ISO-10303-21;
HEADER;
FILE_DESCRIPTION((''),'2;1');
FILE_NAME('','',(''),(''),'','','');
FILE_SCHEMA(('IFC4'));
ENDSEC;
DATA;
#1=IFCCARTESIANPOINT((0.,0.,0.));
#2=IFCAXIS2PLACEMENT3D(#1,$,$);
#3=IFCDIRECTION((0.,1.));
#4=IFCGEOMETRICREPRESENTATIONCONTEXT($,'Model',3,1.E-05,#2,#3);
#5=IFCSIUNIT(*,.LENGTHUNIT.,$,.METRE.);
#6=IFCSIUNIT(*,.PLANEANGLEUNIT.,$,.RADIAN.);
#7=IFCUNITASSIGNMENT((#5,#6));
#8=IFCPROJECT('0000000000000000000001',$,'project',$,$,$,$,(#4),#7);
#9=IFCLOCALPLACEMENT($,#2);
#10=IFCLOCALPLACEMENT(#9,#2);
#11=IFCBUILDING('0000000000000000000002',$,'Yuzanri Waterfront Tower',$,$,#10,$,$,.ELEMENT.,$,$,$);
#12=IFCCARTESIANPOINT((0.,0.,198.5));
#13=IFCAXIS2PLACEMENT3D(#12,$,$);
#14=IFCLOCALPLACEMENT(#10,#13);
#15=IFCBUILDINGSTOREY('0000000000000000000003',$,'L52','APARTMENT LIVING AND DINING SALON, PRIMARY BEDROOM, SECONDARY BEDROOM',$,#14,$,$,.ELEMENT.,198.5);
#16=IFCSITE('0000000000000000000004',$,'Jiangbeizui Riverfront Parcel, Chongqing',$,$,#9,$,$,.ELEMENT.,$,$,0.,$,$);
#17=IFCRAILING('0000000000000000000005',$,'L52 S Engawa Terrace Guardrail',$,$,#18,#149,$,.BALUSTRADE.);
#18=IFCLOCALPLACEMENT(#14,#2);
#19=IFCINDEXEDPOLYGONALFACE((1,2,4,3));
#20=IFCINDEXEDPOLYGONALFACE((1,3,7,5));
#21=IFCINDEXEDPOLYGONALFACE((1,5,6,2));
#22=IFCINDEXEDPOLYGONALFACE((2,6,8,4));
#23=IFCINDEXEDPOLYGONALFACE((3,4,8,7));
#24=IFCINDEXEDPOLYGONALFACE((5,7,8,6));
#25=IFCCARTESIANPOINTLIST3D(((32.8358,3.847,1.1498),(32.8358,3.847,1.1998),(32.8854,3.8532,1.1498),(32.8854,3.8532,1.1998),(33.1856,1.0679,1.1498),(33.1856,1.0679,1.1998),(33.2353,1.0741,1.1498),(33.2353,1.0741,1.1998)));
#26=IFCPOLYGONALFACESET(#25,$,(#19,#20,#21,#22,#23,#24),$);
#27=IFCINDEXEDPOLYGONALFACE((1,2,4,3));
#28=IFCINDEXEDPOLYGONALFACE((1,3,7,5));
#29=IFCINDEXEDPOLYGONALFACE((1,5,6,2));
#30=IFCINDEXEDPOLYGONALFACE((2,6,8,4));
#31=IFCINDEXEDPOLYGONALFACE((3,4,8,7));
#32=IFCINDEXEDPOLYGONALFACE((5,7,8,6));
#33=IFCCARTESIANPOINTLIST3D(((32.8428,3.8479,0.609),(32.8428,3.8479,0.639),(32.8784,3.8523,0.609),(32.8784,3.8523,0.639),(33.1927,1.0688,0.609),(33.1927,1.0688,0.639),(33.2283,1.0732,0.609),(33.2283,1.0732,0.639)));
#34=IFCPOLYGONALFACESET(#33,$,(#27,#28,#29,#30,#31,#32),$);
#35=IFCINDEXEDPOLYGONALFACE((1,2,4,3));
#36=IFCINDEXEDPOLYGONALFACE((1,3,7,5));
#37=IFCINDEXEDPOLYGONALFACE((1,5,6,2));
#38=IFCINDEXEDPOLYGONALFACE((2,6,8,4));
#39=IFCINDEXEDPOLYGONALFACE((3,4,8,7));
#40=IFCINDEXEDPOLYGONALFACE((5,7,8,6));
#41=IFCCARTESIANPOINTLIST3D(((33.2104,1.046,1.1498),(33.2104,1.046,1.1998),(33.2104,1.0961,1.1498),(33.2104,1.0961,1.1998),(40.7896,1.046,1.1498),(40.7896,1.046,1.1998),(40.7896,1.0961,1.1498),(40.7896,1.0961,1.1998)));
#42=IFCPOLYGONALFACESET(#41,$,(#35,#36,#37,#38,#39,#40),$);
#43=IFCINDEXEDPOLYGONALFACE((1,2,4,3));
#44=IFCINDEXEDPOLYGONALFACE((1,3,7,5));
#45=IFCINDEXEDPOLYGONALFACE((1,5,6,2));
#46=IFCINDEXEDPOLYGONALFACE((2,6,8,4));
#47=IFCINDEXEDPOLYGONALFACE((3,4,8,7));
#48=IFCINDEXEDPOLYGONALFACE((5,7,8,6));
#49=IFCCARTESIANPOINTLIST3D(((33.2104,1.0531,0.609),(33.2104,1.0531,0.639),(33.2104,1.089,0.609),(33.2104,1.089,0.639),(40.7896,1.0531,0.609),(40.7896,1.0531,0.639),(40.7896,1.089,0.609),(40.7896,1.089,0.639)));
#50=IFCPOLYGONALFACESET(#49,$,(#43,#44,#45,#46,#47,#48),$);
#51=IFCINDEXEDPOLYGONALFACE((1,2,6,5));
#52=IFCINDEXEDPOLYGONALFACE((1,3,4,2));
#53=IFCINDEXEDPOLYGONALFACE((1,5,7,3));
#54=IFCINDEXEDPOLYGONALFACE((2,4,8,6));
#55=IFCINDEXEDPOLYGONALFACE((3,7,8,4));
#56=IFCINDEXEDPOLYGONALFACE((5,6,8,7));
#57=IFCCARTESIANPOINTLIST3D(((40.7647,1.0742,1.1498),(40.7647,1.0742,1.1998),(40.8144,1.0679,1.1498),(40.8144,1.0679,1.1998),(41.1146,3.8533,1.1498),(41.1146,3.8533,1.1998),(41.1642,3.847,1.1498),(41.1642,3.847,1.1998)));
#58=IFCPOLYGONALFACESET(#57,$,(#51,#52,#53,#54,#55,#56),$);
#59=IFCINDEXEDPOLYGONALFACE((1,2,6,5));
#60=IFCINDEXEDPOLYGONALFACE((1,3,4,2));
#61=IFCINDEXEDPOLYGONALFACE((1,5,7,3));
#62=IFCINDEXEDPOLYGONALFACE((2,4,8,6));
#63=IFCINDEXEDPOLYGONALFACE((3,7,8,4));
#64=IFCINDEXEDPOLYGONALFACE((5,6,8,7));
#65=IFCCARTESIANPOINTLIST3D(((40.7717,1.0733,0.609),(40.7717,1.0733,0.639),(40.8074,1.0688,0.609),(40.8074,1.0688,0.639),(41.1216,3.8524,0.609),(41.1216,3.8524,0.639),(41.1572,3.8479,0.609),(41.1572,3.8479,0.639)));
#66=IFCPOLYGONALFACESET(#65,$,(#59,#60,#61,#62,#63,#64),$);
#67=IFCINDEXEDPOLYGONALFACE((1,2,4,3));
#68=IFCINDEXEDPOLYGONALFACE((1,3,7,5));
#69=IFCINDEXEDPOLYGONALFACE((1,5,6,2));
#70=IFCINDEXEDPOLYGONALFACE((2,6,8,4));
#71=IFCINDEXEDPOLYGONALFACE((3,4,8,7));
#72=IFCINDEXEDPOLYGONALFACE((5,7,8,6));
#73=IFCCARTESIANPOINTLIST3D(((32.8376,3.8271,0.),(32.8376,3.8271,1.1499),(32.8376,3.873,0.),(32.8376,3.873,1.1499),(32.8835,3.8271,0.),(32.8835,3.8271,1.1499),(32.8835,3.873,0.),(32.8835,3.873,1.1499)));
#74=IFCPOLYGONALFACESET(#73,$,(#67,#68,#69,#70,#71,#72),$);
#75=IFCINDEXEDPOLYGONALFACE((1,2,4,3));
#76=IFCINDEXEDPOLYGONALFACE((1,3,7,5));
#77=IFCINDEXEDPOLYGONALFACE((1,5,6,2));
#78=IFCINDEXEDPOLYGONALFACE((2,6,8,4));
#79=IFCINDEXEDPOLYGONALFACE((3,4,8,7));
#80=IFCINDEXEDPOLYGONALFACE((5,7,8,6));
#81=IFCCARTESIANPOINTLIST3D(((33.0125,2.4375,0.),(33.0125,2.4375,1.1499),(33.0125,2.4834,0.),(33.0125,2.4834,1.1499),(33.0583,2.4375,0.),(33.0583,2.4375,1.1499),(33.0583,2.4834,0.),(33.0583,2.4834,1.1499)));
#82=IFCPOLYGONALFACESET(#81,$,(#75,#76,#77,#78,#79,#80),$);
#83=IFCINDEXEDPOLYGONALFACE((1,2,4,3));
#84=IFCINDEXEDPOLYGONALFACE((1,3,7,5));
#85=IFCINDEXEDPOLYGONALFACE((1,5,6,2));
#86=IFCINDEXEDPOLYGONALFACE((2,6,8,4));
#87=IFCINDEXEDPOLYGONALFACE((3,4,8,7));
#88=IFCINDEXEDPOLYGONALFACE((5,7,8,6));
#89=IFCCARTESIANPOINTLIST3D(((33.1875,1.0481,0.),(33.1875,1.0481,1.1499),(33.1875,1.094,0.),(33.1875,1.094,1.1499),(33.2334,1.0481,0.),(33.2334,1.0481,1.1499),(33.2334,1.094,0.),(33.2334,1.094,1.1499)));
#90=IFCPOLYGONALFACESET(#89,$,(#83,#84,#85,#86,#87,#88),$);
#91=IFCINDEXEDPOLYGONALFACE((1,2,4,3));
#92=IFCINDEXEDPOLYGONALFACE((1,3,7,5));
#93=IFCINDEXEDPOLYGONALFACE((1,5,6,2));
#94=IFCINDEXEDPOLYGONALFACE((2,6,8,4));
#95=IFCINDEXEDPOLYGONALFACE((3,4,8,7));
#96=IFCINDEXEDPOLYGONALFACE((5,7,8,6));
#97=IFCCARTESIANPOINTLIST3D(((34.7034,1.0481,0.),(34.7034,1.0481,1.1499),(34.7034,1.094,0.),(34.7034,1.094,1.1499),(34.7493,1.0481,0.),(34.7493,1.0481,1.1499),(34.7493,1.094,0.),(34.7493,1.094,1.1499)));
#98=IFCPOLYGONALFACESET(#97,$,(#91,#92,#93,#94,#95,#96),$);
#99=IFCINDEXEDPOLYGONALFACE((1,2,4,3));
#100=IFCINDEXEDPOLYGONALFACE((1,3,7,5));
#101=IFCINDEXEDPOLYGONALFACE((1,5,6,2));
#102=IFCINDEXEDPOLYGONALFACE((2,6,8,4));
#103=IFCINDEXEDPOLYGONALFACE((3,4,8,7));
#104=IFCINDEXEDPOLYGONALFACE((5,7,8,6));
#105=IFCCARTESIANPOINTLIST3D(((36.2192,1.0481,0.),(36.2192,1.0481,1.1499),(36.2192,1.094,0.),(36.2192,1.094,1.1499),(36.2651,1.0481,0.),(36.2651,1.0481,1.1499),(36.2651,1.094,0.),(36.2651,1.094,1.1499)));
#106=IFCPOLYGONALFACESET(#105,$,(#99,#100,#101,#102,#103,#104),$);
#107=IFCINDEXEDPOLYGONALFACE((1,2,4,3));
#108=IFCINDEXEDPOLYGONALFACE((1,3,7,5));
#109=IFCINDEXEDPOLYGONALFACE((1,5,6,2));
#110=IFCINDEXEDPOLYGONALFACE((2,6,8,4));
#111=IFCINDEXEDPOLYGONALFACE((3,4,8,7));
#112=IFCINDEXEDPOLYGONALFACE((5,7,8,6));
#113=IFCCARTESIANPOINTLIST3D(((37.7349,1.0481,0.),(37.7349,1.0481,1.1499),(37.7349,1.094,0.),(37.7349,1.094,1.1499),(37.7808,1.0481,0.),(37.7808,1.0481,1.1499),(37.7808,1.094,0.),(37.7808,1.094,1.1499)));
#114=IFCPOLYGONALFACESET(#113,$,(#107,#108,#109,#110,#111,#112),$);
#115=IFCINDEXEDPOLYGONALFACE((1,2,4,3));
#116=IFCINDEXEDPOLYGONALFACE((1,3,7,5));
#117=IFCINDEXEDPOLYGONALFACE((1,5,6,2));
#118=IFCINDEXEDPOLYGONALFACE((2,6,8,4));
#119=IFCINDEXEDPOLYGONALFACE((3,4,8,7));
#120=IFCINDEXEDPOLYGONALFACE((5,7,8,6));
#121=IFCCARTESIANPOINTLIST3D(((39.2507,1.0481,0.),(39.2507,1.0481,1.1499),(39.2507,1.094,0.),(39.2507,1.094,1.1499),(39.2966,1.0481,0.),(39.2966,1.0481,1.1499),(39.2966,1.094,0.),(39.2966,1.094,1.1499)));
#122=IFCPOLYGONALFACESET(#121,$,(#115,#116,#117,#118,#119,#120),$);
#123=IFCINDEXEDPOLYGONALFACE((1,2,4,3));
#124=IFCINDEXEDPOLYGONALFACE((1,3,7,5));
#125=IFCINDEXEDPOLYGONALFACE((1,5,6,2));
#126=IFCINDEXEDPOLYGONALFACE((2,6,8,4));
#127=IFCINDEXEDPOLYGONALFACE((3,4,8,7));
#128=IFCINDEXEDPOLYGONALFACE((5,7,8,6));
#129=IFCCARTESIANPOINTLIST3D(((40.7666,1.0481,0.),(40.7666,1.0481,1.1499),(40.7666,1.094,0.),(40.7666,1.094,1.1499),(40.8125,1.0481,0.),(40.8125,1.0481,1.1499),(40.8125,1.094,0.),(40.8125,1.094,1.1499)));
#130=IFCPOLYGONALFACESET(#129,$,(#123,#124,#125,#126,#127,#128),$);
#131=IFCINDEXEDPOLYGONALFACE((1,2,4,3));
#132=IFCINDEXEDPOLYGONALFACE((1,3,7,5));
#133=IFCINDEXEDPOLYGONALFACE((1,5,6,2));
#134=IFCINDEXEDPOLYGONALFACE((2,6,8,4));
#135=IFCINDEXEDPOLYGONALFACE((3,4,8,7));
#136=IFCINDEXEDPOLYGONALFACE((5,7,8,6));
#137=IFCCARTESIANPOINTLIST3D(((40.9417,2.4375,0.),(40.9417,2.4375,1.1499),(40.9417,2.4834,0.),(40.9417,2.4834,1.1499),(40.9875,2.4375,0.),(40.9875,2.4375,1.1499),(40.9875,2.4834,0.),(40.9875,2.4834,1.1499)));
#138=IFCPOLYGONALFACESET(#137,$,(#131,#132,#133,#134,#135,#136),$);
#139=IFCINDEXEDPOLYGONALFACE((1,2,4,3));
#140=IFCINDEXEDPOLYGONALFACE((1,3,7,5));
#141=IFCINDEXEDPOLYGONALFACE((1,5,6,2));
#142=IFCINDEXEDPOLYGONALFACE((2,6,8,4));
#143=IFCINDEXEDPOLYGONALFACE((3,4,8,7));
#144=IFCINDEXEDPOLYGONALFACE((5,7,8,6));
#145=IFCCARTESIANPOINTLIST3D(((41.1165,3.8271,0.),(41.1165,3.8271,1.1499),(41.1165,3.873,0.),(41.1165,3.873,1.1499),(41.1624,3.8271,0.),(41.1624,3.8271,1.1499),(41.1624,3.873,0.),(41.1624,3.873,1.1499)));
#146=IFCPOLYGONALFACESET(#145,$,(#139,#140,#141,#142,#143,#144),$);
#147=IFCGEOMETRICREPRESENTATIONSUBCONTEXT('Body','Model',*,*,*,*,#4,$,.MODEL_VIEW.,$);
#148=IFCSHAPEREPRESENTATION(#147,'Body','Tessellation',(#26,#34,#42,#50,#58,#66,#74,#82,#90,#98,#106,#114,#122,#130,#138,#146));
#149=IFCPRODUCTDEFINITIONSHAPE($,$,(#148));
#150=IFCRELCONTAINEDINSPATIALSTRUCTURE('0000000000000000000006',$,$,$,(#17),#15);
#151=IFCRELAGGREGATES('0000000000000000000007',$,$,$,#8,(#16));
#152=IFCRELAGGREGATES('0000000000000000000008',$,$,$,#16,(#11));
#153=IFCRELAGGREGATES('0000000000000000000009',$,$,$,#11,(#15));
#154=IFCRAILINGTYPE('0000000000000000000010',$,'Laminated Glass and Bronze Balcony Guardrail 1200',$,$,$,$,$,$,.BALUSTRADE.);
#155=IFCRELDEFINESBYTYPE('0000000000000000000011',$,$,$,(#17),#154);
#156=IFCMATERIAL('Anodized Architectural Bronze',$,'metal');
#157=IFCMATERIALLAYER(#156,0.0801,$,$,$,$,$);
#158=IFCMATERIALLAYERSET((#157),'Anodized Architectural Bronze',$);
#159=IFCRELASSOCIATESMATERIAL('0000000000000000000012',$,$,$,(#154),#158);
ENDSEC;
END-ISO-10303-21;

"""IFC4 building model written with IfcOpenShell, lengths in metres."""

from ifc_helpers import new_model, si_unit, direction, frame, origin, origin_2d, place, context, subcontext, project, spatial, rectangle, extrude, source, transform, mapped, material, layer, layer_set, type_object, element, save


model = new_model("IFC4")

# Units and contexts
model_context = context("Model", 3, precision=1e-05, world=origin(), true_north=direction((0.0, 1.0)))
body_context = subcontext(model_context, "Body", "Model", "MODEL_VIEW")
ifc_project = project(units=[si_unit("LENGTHUNIT", "METRE"), si_unit("PLANEANGLEUNIT", "RADIAN")], contexts=[model_context])

# Site, building, storey
site_placement = place(None, origin())
site = spatial("IfcSite", under=ifc_project, at=site_placement, Name="Jiangbeizui Riverfront Parcel, Chongqing", CompositionType="ELEMENT", RefElevation=0.0)
building_placement = place(site_placement, origin())
building = spatial("IfcBuilding", under=site, at=building_placement, Name="Yuzanri Waterfront Tower", CompositionType="ELEMENT")
storey_placement = place(building_placement, frame((0.0, 0.0, 198.5)))
storey = spatial("IfcBuildingStorey", under=building, at=storey_placement, Name="L52", Description="APARTMENT LIVING AND DINING SALON, PRIMARY BEDROOM, SECONDARY BEDROOM", CompositionType="ELEMENT", Elevation=198.5)

# Railing
ifc_material_1 = material(Name="Anodized Architectural Bronze", Category="metal")
ifc_layer_1 = layer(ifc_material_1, 0.0801)
ifc_layer_set_1 = layer_set([ifc_layer_1], Name="Anodized Architectural Bronze")
railing_type = type_object("IfcRailingType", Name="Laminated Glass and Bronze Balcony Guardrail 1200", PredefinedType="BALUSTRADE", material=ifc_layer_set_1)
shared_shape_1 = source(origin(), body_context, "Body", "SweptSolid", [
    extrude(rectangle(XDim=0.05, YDim=0.05, at=origin_2d()), frame((0.0, 0.0, 1.1748), z_axis=(0.124904, -0.992169, 0.0), x_axis=(0.992169, 0.124904, 0.0)), (0.0, 0.0, 1.0), 2.801),
    extrude(rectangle(XDim=0.0359, YDim=0.03, at=origin_2d()), frame((0.0, 0.0, 0.624), z_axis=(0.124904, -0.992169, 0.0), x_axis=(0.992169, 0.124904, 0.0)), (0.0, 0.0, 1.0), 2.801),
    extrude(rectangle(XDim=0.05, YDim=0.05, at=origin_2d()), frame((0.3499, -2.7791, 1.1748), z_axis=(1.0, 0.0, 0.0), x_axis=(0.0, 1.0, 0.0)), (0.0, 0.0, 1.0), 7.5791),
    extrude(rectangle(XDim=0.0359, YDim=0.03, at=origin_2d()), frame((0.3499, -2.7791, 0.624), z_axis=(1.0, 0.0, 0.0), x_axis=(0.0, 1.0, 0.0)), (0.0, 0.0, 1.0), 7.5791),
    extrude(rectangle(XDim=0.05, YDim=0.05, at=origin_2d()), frame((7.929, -2.7791, 1.1748), z_axis=(0.124904, 0.992169, 0.0), x_axis=(-0.992169, 0.124904, 0.0)), (0.0, 0.0, 1.0), 2.801),
    extrude(rectangle(XDim=0.0359, YDim=0.03, at=origin_2d()), frame((7.929, -2.7791, 0.624), z_axis=(0.124904, 0.992169, 0.0), x_axis=(-0.992169, 0.124904, 0.0)), (0.0, 0.0, 1.0), 2.801),
    extrude(rectangle(XDim=0.0459, YDim=0.0459, at=origin_2d()), origin(), (0.0, 0.0, 1.0), 1.1499),
    extrude(rectangle(XDim=0.0459, YDim=0.0459, at=origin_2d()), frame((0.1748, -1.3896, 0.0)), (0.0, 0.0, 1.0), 1.1499),
    extrude(rectangle(XDim=0.0459, YDim=0.0459, at=origin_2d()), frame((0.3499, -2.7791, 0.0)), (0.0, 0.0, 1.0), 1.1499),
    extrude(rectangle(XDim=0.0459, YDim=0.0459, at=origin_2d()), frame((1.8657, -2.7791, 0.0)), (0.0, 0.0, 1.0), 1.1499),
    extrude(rectangle(XDim=0.0459, YDim=0.0459, at=origin_2d()), frame((3.3816, -2.7791, 0.0)), (0.0, 0.0, 1.0), 1.1499),
    extrude(rectangle(XDim=0.0459, YDim=0.0459, at=origin_2d()), frame((4.8972, -2.7791, 0.0)), (0.0, 0.0, 1.0), 1.1499),
    extrude(rectangle(XDim=0.0459, YDim=0.0459, at=origin_2d()), frame((6.4131, -2.7791, 0.0)), (0.0, 0.0, 1.0), 1.1499),
    extrude(rectangle(XDim=0.0459, YDim=0.0459, at=origin_2d()), frame((7.929, -2.7791, 0.0)), (0.0, 0.0, 1.0), 1.1499),
    extrude(rectangle(XDim=0.0459, YDim=0.0459, at=origin_2d()), frame((8.104, -1.3896, 0.0)), (0.0, 0.0, 1.0), 1.1499),
    extrude(rectangle(XDim=0.0459, YDim=0.0459, at=origin_2d()), frame((8.2788, 0.0, 0.0)), (0.0, 0.0, 1.0), 1.1499),
])
railing_placement = place(storey_placement, frame((32.8606, 3.8501, 0.0)))
element("IfcRailing", 1, at=railing_placement, inside=storey, type_object=railing_type, Name="L52 S Engawa Terrace Guardrail", PredefinedType="BALUSTRADE", context=body_context, shape_type="MappedRepresentation", body=[
    mapped(shared_shape_1, transform((0.0, 0.0, 0.0), scale=1.0)),
])

save(model, "model.ifc")
